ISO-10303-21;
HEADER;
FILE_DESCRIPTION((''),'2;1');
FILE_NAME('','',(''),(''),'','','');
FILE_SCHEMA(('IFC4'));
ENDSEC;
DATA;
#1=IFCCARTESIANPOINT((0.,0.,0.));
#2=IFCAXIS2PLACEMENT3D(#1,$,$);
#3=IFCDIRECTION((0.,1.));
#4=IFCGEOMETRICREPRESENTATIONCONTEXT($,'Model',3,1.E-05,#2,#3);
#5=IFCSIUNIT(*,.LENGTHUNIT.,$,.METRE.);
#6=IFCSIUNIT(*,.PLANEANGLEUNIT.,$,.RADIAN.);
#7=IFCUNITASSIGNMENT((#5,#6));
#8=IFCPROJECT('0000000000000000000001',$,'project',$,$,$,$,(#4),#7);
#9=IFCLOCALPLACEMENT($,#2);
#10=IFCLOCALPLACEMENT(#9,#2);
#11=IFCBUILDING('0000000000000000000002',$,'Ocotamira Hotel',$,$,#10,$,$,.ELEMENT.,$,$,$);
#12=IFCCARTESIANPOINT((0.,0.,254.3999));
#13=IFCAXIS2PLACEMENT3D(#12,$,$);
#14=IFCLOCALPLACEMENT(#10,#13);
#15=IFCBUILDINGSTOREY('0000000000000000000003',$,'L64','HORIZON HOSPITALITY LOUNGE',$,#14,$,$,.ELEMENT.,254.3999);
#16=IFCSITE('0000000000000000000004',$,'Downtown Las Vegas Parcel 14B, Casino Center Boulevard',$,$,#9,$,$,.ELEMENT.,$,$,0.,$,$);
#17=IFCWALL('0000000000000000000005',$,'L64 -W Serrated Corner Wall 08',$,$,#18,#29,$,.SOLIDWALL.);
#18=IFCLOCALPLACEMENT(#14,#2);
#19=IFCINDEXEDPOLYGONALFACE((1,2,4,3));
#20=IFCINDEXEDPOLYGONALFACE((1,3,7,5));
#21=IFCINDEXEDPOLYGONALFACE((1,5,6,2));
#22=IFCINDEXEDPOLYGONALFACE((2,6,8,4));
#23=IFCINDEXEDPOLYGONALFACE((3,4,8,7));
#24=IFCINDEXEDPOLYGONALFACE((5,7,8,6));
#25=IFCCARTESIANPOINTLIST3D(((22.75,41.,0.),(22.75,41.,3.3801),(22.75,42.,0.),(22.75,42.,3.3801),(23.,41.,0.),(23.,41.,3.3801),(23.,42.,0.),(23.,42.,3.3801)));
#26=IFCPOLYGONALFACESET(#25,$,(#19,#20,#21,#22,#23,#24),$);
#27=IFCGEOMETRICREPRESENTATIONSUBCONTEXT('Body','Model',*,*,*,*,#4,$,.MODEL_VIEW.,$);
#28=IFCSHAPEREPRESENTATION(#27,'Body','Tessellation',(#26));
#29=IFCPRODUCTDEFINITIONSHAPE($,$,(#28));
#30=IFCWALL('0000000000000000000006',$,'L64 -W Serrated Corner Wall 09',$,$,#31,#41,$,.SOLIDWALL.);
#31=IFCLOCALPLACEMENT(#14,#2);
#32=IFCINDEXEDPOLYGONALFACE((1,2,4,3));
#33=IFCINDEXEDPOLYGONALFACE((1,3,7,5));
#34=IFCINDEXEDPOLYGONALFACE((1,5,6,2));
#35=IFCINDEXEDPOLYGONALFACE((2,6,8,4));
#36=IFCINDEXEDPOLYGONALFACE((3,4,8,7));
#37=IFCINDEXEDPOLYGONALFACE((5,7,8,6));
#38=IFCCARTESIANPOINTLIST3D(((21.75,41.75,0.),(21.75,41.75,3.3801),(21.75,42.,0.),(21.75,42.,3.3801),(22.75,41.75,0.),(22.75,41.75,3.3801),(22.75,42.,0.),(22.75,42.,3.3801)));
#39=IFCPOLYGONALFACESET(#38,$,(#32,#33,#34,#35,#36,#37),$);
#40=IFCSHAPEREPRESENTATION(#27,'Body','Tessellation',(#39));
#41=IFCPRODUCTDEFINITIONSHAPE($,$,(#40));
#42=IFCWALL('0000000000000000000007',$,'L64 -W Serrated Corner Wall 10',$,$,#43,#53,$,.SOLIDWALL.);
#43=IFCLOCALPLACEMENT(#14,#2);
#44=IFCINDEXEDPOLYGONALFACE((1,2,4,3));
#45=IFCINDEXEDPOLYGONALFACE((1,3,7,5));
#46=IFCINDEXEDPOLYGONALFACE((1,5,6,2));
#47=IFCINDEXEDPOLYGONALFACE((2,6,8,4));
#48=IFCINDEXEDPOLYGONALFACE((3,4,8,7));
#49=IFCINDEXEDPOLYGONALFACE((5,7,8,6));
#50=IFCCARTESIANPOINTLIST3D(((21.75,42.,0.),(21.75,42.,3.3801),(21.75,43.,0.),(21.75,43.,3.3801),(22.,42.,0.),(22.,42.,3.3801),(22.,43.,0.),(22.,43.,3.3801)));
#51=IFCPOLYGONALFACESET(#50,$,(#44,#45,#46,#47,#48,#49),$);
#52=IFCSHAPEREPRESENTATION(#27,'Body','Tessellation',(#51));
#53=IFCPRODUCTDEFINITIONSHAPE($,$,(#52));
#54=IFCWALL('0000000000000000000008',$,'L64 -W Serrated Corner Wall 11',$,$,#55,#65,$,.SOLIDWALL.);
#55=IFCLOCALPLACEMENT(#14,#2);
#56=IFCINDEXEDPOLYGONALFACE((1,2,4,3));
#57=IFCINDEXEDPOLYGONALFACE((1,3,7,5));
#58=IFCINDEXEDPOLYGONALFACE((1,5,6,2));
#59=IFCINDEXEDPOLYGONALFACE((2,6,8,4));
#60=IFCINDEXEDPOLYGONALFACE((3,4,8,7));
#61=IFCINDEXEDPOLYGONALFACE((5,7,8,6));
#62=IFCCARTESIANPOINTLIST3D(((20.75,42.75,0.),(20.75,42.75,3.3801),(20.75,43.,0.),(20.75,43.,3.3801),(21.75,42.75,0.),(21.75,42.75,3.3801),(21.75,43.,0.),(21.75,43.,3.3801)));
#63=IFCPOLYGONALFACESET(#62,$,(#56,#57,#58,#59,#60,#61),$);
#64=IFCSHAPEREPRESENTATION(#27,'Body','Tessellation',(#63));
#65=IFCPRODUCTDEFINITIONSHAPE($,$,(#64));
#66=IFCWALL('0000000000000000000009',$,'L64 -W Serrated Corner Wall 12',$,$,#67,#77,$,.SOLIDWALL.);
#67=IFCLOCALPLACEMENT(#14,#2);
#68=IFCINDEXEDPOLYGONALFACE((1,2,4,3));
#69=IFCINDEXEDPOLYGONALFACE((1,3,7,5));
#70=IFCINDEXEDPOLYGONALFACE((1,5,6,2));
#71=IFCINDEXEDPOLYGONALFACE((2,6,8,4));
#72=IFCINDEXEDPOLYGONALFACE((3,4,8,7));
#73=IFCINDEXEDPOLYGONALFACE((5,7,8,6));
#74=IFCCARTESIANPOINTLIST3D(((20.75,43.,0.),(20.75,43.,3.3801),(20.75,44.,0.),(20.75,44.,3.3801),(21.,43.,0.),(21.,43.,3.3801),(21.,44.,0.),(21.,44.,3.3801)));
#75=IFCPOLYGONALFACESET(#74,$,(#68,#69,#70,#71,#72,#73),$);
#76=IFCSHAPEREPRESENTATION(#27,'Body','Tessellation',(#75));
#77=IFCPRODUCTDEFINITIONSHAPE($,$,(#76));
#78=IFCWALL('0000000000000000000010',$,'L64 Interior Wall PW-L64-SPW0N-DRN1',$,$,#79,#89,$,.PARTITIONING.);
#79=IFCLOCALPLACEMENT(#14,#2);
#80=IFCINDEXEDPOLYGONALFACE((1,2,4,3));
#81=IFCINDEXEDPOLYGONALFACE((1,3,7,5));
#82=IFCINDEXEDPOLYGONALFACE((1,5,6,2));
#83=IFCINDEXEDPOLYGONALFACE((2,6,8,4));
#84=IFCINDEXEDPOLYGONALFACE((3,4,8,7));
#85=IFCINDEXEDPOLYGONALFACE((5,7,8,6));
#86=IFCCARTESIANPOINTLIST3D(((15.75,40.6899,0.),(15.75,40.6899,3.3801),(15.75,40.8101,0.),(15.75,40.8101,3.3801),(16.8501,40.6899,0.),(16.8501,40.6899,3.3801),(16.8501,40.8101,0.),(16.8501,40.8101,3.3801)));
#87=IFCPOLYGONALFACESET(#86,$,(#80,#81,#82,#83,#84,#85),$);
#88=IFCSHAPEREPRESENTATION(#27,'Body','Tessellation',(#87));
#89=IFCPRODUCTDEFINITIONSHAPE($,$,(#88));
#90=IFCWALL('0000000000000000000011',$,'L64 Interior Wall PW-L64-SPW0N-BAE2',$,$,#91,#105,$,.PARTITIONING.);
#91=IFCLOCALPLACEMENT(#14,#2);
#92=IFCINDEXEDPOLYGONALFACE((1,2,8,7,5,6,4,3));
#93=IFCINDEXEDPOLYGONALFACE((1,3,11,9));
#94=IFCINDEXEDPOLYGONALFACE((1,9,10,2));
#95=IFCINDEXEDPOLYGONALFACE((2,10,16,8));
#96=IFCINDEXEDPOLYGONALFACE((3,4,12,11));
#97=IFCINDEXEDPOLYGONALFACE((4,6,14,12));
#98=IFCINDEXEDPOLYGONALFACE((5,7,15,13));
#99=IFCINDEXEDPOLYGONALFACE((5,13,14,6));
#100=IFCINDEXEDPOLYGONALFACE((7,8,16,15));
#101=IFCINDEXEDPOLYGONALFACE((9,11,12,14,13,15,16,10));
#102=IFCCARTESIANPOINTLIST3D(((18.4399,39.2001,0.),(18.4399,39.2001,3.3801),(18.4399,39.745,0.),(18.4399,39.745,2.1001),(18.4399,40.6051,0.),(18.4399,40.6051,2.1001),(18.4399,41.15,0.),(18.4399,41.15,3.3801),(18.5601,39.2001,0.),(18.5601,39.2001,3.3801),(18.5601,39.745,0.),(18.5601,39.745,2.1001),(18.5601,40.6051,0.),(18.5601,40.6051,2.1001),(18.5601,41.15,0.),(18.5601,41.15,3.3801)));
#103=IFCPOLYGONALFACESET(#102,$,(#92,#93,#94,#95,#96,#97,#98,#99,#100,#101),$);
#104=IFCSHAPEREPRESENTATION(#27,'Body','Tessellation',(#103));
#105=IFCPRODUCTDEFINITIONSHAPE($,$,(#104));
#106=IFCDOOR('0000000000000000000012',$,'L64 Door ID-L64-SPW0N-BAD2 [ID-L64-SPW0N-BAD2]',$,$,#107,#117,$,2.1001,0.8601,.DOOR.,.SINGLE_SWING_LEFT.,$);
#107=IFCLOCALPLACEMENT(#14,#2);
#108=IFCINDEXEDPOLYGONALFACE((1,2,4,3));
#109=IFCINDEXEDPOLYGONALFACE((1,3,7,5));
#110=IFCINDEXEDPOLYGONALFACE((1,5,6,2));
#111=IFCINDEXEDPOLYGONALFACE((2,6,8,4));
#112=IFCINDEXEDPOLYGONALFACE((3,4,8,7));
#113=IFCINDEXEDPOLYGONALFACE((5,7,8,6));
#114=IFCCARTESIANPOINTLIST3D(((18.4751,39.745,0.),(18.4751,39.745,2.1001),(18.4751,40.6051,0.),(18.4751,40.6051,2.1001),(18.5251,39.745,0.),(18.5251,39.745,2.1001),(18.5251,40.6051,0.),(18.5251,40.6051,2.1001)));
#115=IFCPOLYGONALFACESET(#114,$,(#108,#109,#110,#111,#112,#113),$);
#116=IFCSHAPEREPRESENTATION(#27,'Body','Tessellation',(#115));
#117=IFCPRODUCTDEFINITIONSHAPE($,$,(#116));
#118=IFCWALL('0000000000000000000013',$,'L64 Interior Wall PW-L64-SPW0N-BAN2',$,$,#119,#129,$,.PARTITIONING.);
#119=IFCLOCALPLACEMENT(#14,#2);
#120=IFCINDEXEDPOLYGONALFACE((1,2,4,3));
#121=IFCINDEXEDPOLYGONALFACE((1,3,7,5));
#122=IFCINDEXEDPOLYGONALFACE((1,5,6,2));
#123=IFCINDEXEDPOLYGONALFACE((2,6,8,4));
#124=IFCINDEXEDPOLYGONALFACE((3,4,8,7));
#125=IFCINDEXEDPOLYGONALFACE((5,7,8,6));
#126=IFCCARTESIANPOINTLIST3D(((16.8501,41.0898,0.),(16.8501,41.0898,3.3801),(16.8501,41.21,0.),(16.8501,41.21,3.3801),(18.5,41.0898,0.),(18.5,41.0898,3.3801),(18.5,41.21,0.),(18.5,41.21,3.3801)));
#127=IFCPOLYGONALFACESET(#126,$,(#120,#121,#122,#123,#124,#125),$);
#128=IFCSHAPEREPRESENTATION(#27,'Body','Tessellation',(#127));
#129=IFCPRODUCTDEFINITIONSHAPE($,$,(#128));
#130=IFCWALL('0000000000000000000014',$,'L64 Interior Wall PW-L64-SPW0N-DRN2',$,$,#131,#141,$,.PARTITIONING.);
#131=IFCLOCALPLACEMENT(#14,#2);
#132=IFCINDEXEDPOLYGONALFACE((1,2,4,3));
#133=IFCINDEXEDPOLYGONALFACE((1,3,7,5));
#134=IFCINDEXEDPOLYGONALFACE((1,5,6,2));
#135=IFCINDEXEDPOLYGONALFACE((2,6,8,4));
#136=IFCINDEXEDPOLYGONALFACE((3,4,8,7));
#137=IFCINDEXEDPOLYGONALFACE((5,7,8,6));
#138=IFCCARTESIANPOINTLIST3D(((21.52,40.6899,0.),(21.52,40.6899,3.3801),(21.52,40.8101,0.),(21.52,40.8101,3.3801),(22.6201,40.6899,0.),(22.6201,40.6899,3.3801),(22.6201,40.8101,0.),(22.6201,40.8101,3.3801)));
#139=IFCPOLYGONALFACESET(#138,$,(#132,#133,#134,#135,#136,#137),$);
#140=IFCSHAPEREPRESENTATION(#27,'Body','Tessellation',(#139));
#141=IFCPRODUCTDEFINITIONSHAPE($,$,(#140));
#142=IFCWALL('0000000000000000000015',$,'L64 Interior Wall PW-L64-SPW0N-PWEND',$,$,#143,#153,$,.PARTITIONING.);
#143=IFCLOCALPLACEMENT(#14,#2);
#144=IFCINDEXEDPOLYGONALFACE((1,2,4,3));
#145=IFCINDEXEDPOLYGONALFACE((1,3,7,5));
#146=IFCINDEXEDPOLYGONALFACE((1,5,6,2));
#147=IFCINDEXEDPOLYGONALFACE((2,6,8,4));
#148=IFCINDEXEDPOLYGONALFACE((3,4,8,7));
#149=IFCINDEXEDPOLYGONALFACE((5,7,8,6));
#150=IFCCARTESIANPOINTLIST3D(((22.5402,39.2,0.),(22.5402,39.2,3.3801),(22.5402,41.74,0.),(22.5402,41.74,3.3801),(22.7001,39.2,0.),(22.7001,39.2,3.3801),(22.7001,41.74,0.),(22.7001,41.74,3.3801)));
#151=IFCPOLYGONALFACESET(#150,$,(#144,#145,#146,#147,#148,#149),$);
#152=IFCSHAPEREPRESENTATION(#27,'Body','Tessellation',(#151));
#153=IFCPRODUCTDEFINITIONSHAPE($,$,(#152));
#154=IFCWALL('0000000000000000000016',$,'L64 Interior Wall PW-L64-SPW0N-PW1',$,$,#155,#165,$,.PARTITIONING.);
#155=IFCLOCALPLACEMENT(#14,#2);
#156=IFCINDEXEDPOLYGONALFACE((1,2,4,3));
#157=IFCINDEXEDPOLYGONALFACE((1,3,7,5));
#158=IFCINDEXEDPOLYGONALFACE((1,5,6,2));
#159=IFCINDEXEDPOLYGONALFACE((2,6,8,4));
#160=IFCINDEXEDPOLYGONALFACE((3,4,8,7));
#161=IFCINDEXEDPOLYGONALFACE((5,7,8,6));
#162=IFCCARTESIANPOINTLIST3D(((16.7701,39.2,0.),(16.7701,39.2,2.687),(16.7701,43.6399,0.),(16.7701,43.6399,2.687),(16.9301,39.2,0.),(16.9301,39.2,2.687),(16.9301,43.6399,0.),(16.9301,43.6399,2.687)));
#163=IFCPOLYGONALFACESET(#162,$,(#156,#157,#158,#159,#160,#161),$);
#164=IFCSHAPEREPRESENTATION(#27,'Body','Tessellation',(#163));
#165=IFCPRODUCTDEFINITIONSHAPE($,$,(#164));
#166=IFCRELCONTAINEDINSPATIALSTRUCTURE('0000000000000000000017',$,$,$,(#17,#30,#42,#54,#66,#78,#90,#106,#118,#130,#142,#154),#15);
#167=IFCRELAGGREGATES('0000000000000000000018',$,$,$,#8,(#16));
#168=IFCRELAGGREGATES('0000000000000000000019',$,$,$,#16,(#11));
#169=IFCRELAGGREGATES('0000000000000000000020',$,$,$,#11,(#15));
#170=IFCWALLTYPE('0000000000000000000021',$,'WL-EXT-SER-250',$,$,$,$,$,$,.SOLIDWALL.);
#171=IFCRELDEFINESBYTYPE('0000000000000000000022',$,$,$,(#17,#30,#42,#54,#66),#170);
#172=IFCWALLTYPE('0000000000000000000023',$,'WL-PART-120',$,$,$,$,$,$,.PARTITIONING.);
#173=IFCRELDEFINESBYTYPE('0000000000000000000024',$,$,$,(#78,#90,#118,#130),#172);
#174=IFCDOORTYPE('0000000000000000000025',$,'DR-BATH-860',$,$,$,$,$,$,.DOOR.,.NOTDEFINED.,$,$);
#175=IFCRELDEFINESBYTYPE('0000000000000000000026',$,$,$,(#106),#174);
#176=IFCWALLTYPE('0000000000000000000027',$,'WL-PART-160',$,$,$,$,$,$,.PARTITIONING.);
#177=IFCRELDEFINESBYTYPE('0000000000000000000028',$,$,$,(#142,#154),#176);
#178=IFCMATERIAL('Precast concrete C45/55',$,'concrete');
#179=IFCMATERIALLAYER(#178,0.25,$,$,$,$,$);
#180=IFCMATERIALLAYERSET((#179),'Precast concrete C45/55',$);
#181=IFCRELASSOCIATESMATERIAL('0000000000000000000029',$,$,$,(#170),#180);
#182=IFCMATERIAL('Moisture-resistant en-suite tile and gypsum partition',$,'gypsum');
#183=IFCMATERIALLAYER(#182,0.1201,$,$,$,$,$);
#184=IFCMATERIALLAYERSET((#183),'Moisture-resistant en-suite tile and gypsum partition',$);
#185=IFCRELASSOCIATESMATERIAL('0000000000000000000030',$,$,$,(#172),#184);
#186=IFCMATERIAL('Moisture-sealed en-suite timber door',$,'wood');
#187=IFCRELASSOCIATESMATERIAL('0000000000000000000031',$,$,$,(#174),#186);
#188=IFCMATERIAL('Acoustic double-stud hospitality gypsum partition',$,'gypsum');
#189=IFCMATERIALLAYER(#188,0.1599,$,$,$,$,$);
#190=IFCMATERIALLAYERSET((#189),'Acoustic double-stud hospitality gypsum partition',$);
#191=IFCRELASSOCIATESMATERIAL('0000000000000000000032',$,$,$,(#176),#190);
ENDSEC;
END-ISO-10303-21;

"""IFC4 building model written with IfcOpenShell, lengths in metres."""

from ifc_helpers import new_model, si_unit, direction, frame, frame_2d, origin, place, context, subcontext, project, spatial, rectangle, extrude, source, transform, mapped, material, layer, layer_set, type_object, element, fill, save


model = new_model("IFC4")

# Units and contexts
model_context = context("Model", 3, precision=1e-05, world=origin(), true_north=direction((0.0, 1.0)))
body_context = subcontext(model_context, "Body", "Model", "MODEL_VIEW")
ifc_project = project(units=[si_unit("LENGTHUNIT", "METRE"), si_unit("PLANEANGLEUNIT", "RADIAN")], contexts=[model_context])

# Site, building, storey
site_placement = place(None, origin())
site = spatial("IfcSite", under=ifc_project, at=site_placement, Name="Downtown Las Vegas Parcel 14B, Casino Center Boulevard", CompositionType="ELEMENT", RefElevation=0.0)
building_placement = place(site_placement, origin())
building = spatial("IfcBuilding", under=site, at=building_placement, Name="Ocotamira Hotel", CompositionType="ELEMENT")
storey_placement = place(building_placement, frame((0.0, 0.0, 254.3999)))
storey = spatial("IfcBuildingStorey", under=building, at=storey_placement, Name="L64", Description="HORIZON HOSPITALITY LOUNGE", CompositionType="ELEMENT", Elevation=254.3999)

# Walls
ifc_material_1 = material(Name="Precast concrete C45/55", Category="concrete")
ifc_layer_1 = layer(ifc_material_1, 0.25)
ifc_layer_set_1 = layer_set([ifc_layer_1], Name="Precast concrete C45/55")
wall_type_1 = type_object("IfcWallType", Name="WL-EXT-SER-250", PredefinedType="SOLIDWALL", material=ifc_layer_set_1)
for number, where, z_axis, x_axis, name in (
    (1, (22.875, 41.0, 0.0), (0.0, 0.0, 1.0), (0.0, 1.0, 0.0), "L64 -W Serrated Corner Wall 08"),
    (2, (22.75, 41.875, 0.0), (0.0, 0.0, 1.0), (-1.0, 0.0, 0.0), "L64 -W Serrated Corner Wall 09"),
    (3, (21.875, 42.0, 0.0), (0.0, 0.0, 1.0), (0.0, 1.0, 0.0), "L64 -W Serrated Corner Wall 10"),
    (4, (21.75, 42.875, 0.0), (0.0, 0.0, 1.0), (-1.0, 0.0, 0.0), "L64 -W Serrated Corner Wall 11"),
    (5, (20.875, 43.0, 0.0), (0.0, 0.0, 1.0), (0.0, 1.0, 0.0), "L64 -W Serrated Corner Wall 12"),
):
    element("IfcWall", number, at=place(storey_placement, frame(where, z_axis=z_axis, x_axis=x_axis)), inside=storey, type_object=wall_type_1, Name=name, PredefinedType="SOLIDWALL", context=body_context, shape_type="SweptSolid", body=[
        extrude(rectangle(XDim=1.0, YDim=0.25, at=frame_2d((0.5, 0.0))), origin(), (0.0, 0.0, 1.0), 3.3801),
    ])
ifc_material_2 = material(Name="Moisture-resistant en-suite tile and gypsum partition", Category="gypsum")
ifc_layer_2 = layer(ifc_material_2, 0.1201)
ifc_layer_set_2 = layer_set([ifc_layer_2], Name="Moisture-resistant en-suite tile and gypsum partition")
wall_type_2 = type_object("IfcWallType", Name="WL-PART-120", PredefinedType="PARTITIONING", material=ifc_layer_set_2)
wall_1_placement = place(storey_placement, frame((15.75, 40.75, 0.0), z_axis=(0.0, 0.0, 1.0), x_axis=(1.0, 0.0, 0.0)))
element("IfcWall", 6, at=wall_1_placement, inside=storey, type_object=wall_type_2, Name="L64 Interior Wall PW-L64-SPW0N-DRN1", PredefinedType="PARTITIONING", context=body_context, shape_type="SweptSolid", body=[
    extrude(rectangle(XDim=1.1001, YDim=0.1201, at=frame_2d((0.55, 0.0))), origin(), (0.0, 0.0, 1.0), 3.3801),
])

# Wall, opening, door
wall_2_placement = place(storey_placement, frame((18.5, 39.2, 0.0), z_axis=(0.0, 0.0, 1.0), x_axis=(0.0, 1.0, 0.0)))
wall_2 = element("IfcWall", 7, at=wall_2_placement, inside=storey, type_object=wall_type_2, Name="L64 Interior Wall PW-L64-SPW0N-BAE2", PredefinedType="PARTITIONING", context=body_context, shape_type="SweptSolid", body=[
    extrude(rectangle(XDim=1.95, YDim=0.1201, at=frame_2d((0.9751, 0.0))), origin(), (0.0, 0.0, 1.0), 3.3801),
])
opening_placement = place(wall_2_placement, frame((0.5449, 0.0, 0.0)))
opening = element("IfcOpeningElement", 8, at=opening_placement, cuts=wall_2, PredefinedType="OPENING", context=body_context, shape_type="SweptSolid", body=[
    extrude(rectangle(XDim=0.8601, YDim=2.1001, at=frame_2d((0.4302, 1.05))), frame((0.0, 0.0701, 0.0), z_axis=(0.0, -1.0, 0.0), x_axis=(1.0, 0.0, 0.0)), (0.0, 0.0, 1.0), 0.1401),
])
ifc_material_3 = material(Name="Moisture-sealed en-suite timber door", Category="wood")
door_type = type_object("IfcDoorType", Name="DR-BATH-860", OperationType="NOTDEFINED", PredefinedType="DOOR", material=ifc_material_3)
shared_shape_1 = source(origin(), body_context, "Body", "SweptSolid", [
    extrude(rectangle(XDim=0.8601, YDim=2.1001, at=frame_2d((0.4302, 1.05))), frame((0.0, 0.0249, 0.0), z_axis=(0.0, -1.0, 0.0), x_axis=(1.0, 0.0, 0.0)), (0.0, 0.0, 1.0), 0.05),
])
door_placement = place(opening_placement, origin())
door = element("IfcDoor", 9, at=door_placement, inside=storey, type_object=door_type, Name="L64 Door ID-L64-SPW0N-BAD2 [ID-L64-SPW0N-BAD2]", OperationType="SINGLE_SWING_LEFT", OverallHeight=2.1001, OverallWidth=0.8601, PredefinedType="DOOR", context=body_context, shape_type="MappedRepresentation", body=[
    mapped(shared_shape_1, transform((0.0, 0.0, 0.0), scale=1.0)),
])
fill(opening, door)

# Walls
wall_3_placement = place(storey_placement, frame((16.8501, 41.1499, 0.0), z_axis=(0.0, 0.0, 1.0), x_axis=(1.0, 0.0, 0.0)))
element("IfcWall", 10, at=wall_3_placement, inside=storey, type_object=wall_type_2, Name="L64 Interior Wall PW-L64-SPW0N-BAN2", PredefinedType="PARTITIONING", context=body_context, shape_type="SweptSolid", body=[
    extrude(rectangle(XDim=1.6499, YDim=0.1201, at=frame_2d((0.825, 0.0))), origin(), (0.0, 0.0, 1.0), 3.3801),
])
wall_4_placement = place(storey_placement, frame((21.52, 40.75, 0.0), z_axis=(0.0, 0.0, 1.0), x_axis=(1.0, 0.0, 0.0)))
element("IfcWall", 11, at=wall_4_placement, inside=storey, type_object=wall_type_2, Name="L64 Interior Wall PW-L64-SPW0N-DRN2", PredefinedType="PARTITIONING", context=body_context, shape_type="SweptSolid", body=[
    extrude(rectangle(XDim=1.1001, YDim=0.1201, at=frame_2d((0.55, 0.0))), origin(), (0.0, 0.0, 1.0), 3.3801),
])
ifc_material_4 = material(Name="Acoustic double-stud hospitality gypsum partition", Category="gypsum")
ifc_layer_3 = layer(ifc_material_4, 0.1599)
ifc_layer_set_3 = layer_set([ifc_layer_3], Name="Acoustic double-stud hospitality gypsum partition")
wall_type_3 = type_object("IfcWallType", Name="WL-PART-160", PredefinedType="PARTITIONING", material=ifc_layer_set_3)
wall_5_placement = place(storey_placement, frame((22.6201, 39.2, 0.0), z_axis=(0.0, 0.0, 1.0), x_axis=(0.0, 1.0, 0.0)))
element("IfcWall", 12, at=wall_5_placement, inside=storey, type_object=wall_type_3, Name="L64 Interior Wall PW-L64-SPW0N-PWEND", PredefinedType="PARTITIONING", context=body_context, shape_type="SweptSolid", body=[
    extrude(rectangle(XDim=2.54, YDim=0.1599, at=frame_2d((1.27, 0.0))), origin(), (0.0, 0.0, 1.0), 3.3801),
])
wall_6_placement = place(storey_placement, frame((16.8501, 39.2, 0.0), z_axis=(0.0, 0.0, 1.0), x_axis=(0.0, 1.0, 0.0)))
element("IfcWall", 13, at=wall_6_placement, inside=storey, type_object=wall_type_3, Name="L64 Interior Wall PW-L64-SPW0N-PW1", PredefinedType="PARTITIONING", context=body_context, shape_type="SweptSolid", body=[
    extrude(rectangle(XDim=4.4399, YDim=0.1599, at=frame_2d((2.22, 0.0))), origin(), (0.0, 0.0, 1.0), 2.687),
])

save(model, "model.ifc")
